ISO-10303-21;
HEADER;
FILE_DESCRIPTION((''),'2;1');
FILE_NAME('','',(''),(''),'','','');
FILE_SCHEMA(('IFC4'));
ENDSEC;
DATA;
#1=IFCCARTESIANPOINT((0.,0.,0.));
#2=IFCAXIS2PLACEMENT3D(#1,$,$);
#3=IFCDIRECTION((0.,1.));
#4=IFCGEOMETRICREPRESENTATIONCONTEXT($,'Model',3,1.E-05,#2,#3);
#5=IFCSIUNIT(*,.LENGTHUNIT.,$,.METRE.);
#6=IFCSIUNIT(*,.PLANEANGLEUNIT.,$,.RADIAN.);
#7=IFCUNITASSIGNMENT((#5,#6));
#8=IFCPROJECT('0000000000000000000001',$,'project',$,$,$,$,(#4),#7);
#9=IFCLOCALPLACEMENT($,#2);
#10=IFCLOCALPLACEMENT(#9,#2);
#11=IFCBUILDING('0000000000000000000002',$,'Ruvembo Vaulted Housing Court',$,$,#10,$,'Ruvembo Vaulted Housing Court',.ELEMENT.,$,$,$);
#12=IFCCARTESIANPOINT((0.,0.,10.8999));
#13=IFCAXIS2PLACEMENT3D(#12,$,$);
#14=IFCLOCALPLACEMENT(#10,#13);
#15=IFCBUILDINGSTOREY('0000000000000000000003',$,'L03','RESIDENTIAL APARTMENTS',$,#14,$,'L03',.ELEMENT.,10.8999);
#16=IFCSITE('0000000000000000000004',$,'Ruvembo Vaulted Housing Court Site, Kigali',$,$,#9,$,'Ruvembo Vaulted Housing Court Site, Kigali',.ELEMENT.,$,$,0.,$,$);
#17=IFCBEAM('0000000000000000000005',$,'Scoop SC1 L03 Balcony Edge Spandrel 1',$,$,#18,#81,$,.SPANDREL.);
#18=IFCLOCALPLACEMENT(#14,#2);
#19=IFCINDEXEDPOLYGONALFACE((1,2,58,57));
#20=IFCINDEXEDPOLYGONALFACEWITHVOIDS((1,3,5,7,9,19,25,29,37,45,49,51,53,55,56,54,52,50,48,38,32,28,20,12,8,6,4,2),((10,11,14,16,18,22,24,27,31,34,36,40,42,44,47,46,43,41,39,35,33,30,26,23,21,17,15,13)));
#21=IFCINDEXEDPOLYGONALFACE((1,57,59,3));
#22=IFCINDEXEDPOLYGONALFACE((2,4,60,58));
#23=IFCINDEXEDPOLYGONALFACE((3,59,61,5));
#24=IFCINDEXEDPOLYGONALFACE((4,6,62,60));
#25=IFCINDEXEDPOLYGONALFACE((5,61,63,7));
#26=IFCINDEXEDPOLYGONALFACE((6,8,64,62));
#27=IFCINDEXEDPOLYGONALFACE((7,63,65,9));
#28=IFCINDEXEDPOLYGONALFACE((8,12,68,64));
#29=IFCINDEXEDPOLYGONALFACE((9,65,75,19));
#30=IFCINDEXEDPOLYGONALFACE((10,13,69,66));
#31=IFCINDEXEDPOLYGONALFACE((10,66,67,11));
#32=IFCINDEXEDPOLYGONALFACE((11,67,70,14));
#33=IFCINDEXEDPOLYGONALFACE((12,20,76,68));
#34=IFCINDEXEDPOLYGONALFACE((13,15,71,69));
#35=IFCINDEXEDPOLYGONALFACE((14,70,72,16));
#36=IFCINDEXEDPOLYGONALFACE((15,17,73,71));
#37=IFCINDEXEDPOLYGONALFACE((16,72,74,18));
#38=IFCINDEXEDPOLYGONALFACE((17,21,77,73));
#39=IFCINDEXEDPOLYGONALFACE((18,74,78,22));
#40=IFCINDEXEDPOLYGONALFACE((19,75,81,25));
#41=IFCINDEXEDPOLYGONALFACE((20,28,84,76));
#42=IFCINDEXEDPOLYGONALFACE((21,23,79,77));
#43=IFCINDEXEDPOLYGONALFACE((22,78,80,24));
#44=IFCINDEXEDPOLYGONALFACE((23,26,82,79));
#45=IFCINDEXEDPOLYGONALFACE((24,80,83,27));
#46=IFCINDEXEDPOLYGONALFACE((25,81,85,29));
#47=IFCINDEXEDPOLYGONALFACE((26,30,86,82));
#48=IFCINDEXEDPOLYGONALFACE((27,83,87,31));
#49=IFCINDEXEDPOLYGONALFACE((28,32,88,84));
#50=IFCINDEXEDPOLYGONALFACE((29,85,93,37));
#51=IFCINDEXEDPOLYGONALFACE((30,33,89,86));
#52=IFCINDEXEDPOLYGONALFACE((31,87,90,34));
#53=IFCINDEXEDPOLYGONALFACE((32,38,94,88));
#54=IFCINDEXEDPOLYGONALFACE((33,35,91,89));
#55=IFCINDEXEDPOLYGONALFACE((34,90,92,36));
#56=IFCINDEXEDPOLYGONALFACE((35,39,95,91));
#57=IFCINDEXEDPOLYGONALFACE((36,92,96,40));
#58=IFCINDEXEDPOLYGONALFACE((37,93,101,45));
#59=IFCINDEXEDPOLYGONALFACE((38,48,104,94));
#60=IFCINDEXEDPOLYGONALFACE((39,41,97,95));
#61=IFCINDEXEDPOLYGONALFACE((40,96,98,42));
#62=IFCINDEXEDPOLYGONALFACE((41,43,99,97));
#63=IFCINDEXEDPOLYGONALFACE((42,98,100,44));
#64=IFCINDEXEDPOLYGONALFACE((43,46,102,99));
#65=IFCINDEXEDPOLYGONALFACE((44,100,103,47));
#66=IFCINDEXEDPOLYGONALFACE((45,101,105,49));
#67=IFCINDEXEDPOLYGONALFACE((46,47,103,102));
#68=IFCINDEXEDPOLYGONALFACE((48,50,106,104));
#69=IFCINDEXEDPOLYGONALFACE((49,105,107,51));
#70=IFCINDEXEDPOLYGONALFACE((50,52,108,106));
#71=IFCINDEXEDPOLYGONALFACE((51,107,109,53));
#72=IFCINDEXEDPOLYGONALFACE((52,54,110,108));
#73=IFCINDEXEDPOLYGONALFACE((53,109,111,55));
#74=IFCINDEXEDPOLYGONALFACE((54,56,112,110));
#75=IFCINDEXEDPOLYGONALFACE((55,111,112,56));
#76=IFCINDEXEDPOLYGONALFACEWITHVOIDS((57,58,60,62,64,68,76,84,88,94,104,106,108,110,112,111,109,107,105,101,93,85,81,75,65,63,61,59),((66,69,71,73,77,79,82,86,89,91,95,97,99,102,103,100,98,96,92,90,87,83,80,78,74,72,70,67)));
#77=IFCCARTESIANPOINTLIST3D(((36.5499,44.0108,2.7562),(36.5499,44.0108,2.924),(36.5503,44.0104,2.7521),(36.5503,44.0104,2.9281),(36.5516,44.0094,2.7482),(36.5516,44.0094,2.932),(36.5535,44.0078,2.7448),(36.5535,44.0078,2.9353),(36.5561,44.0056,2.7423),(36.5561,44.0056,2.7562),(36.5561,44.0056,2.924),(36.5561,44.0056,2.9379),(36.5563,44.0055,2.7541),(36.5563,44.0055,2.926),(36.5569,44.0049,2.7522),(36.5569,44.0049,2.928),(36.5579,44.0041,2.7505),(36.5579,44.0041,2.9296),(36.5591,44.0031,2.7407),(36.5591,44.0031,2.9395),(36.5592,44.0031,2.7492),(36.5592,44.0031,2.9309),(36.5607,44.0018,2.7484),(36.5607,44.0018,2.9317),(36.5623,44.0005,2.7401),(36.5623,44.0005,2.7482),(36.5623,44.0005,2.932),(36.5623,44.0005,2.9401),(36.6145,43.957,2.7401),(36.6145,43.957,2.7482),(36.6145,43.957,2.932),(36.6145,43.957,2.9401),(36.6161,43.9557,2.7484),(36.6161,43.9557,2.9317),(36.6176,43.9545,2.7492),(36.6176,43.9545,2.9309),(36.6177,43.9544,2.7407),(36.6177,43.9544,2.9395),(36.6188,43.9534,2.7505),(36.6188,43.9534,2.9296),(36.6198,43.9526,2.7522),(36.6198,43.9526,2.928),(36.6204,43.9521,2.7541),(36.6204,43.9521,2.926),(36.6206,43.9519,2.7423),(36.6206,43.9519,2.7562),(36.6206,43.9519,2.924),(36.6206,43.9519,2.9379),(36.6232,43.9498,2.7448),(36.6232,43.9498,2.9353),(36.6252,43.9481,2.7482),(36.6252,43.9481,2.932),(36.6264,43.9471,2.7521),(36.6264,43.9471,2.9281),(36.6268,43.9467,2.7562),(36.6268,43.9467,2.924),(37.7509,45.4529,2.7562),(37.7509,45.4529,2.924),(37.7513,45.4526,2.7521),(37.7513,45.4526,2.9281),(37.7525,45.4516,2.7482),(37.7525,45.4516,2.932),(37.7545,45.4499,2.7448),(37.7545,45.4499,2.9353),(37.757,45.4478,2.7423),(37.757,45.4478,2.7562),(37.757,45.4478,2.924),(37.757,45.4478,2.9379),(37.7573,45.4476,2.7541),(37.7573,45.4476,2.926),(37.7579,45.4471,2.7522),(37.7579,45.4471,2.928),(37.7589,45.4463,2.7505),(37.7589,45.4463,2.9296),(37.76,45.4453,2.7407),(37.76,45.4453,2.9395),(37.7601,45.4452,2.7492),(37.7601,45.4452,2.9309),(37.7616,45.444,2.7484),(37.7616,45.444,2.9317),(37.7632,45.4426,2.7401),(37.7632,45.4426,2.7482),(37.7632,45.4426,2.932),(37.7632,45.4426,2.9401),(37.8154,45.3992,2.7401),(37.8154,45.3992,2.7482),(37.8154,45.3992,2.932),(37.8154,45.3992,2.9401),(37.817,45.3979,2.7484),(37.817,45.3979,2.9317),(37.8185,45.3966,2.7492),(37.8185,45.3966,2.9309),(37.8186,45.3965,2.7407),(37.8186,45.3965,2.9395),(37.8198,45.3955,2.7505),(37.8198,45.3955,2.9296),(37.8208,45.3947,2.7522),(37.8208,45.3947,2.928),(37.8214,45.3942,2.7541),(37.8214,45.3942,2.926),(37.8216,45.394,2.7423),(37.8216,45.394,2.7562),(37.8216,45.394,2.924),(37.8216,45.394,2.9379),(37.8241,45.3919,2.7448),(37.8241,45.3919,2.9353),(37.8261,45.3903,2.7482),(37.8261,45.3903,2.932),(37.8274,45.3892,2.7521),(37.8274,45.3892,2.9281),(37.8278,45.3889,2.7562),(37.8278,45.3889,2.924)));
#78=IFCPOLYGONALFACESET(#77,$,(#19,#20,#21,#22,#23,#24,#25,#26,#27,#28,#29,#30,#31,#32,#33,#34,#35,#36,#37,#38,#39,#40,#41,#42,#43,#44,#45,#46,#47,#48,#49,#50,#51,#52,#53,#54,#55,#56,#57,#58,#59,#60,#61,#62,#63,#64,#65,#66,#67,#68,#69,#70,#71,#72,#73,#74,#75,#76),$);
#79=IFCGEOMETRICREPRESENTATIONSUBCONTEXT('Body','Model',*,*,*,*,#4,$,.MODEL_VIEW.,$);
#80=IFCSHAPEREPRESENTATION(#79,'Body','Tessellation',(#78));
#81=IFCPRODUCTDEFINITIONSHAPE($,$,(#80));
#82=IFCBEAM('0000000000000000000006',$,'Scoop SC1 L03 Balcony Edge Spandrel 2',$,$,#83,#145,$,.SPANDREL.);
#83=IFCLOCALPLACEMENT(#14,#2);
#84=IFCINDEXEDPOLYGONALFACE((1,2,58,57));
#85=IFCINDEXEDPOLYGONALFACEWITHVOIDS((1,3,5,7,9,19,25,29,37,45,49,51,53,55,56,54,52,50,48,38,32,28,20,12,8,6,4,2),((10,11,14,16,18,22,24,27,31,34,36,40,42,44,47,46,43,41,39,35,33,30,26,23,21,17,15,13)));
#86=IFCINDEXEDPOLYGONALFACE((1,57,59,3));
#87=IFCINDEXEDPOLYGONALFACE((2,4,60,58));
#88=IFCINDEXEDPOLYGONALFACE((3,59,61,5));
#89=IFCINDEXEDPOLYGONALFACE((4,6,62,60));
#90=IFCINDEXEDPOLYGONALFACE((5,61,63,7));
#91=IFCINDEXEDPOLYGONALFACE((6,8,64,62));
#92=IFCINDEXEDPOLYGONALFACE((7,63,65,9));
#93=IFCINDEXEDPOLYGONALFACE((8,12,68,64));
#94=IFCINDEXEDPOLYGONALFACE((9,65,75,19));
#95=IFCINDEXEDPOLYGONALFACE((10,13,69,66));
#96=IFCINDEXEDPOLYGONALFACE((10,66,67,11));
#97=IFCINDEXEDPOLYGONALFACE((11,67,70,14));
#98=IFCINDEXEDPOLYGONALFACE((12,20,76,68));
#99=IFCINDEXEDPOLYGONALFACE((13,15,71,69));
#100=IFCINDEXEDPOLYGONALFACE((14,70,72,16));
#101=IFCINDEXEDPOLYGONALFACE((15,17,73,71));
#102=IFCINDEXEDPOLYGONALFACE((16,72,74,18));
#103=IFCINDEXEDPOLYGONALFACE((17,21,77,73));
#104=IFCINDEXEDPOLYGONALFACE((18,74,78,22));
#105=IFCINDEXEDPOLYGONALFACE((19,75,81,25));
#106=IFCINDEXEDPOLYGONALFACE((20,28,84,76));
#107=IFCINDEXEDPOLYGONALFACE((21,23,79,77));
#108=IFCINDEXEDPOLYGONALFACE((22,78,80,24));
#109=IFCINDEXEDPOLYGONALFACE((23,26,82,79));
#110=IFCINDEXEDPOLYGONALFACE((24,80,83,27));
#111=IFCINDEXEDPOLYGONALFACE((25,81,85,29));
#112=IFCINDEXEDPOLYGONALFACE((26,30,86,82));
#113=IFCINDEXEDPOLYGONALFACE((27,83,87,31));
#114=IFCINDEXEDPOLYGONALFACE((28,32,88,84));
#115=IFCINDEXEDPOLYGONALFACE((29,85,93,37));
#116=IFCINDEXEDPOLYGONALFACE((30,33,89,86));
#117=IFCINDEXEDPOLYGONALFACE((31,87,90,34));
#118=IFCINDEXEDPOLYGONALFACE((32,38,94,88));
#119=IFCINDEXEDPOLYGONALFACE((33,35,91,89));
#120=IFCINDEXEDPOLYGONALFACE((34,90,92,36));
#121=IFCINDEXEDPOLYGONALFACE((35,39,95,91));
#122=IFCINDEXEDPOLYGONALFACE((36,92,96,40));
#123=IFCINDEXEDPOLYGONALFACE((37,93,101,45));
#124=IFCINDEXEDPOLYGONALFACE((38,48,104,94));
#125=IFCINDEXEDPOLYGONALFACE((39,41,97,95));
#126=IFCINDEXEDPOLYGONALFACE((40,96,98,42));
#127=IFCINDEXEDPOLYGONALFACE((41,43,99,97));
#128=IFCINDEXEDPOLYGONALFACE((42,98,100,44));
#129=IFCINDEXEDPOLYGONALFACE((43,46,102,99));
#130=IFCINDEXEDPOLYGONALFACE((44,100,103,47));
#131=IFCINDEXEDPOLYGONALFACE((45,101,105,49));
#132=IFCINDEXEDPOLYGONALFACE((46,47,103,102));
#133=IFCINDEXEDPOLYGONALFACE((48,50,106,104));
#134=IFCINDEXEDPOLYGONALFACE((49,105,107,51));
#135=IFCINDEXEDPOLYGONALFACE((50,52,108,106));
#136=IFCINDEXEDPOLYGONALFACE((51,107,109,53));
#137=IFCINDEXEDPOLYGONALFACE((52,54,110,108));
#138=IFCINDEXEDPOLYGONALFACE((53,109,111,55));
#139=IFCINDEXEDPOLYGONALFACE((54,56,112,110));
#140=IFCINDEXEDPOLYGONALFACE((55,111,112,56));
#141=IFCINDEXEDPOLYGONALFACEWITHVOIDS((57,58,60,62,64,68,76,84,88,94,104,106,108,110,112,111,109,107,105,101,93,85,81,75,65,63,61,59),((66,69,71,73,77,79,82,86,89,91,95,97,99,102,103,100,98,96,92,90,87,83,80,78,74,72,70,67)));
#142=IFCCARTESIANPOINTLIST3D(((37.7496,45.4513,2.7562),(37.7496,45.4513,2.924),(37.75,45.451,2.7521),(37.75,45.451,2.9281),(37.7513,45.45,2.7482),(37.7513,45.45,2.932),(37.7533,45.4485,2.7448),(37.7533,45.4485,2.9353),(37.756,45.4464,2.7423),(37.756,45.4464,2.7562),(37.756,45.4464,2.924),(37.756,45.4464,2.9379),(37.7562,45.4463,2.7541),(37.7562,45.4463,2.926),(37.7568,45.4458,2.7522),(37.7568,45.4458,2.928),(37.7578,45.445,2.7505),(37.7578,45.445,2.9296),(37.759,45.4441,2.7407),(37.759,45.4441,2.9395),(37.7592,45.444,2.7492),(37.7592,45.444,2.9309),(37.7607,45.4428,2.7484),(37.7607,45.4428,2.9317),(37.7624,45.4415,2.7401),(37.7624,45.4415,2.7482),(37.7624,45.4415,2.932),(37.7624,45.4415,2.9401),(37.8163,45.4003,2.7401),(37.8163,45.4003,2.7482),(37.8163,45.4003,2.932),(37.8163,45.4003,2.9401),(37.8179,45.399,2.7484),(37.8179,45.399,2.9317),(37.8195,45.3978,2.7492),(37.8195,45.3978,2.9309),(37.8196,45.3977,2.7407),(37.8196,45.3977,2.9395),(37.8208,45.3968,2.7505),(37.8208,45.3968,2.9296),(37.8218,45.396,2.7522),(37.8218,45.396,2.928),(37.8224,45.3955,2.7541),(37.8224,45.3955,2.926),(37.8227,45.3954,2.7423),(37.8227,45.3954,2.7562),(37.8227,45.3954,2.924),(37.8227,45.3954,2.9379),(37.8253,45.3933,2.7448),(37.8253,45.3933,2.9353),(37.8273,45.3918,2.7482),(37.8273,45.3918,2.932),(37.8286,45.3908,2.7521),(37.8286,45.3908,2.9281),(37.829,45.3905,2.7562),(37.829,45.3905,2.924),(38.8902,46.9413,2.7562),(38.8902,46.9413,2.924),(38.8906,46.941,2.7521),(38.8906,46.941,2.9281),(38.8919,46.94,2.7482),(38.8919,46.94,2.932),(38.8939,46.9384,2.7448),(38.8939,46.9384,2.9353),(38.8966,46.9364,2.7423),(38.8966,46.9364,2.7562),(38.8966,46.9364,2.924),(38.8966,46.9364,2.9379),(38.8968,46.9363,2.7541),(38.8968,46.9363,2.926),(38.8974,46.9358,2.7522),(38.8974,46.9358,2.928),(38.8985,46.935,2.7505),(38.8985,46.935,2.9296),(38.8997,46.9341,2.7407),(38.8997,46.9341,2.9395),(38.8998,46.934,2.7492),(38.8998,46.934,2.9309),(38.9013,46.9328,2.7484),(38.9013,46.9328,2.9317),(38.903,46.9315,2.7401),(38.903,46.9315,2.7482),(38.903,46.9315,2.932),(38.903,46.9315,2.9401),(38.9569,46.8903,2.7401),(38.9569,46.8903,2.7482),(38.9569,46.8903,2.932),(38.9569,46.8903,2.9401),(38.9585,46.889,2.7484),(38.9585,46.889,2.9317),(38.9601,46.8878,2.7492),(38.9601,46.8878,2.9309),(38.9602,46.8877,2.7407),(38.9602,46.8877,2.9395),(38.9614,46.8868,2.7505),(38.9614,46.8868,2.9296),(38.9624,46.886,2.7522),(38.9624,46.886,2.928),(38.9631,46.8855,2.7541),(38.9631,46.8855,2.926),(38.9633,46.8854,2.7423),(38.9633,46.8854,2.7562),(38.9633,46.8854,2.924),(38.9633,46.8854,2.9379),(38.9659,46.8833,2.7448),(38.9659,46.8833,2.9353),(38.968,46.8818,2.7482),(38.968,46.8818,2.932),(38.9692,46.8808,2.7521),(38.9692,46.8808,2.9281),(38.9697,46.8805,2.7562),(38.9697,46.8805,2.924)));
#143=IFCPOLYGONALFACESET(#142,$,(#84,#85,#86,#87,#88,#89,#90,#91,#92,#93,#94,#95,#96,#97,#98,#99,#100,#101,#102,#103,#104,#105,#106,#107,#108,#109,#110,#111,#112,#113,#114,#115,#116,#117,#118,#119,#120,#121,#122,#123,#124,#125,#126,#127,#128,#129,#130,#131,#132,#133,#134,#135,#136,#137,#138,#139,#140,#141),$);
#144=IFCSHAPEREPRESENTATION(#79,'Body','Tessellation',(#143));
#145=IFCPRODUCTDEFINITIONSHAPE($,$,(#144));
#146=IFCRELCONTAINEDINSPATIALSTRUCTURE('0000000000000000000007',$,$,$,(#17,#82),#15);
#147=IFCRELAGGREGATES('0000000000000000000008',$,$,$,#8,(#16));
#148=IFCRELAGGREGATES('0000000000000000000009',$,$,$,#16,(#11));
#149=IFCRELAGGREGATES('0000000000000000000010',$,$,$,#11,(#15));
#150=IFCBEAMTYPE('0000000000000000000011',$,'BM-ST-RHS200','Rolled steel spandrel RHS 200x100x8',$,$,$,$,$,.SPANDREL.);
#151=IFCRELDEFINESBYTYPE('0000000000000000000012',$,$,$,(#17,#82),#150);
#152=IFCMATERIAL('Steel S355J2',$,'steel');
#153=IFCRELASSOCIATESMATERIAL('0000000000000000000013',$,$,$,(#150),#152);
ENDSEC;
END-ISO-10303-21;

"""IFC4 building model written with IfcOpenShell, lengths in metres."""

from ifc_helpers import new_model, si_unit, direction, frame, origin, origin_2d, place, context, subcontext, project, spatial, hollow_rectangle, extrude, material, material_profile, profile_set, type_object, element, save


model = new_model("IFC4")

# Units and contexts
model_context = context("Model", 3, precision=1e-05, world=origin(), true_north=direction((0.0, 1.0)))
body_context = subcontext(model_context, "Body", "Model", "MODEL_VIEW")
ifc_project = project(units=[si_unit("LENGTHUNIT", "METRE"), si_unit("PLANEANGLEUNIT", "RADIAN")], contexts=[model_context])

# Site, building, storey
site_placement = place(None, origin())
site = spatial("IfcSite", under=ifc_project, at=site_placement, Name="Ruvembo Vaulted Housing Court Site, Kigali", LongName="Ruvembo Vaulted Housing Court Site, Kigali", CompositionType="ELEMENT", RefElevation=0.0)
building_placement = place(site_placement, origin())
building = spatial("IfcBuilding", under=site, at=building_placement, Name="Ruvembo Vaulted Housing Court", LongName="Ruvembo Vaulted Housing Court", CompositionType="ELEMENT")
storey_placement = place(building_placement, frame((0.0, 0.0, 10.8999)))
storey = spatial("IfcBuildingStorey", under=building, at=storey_placement, Name="L03", Description="RESIDENTIAL APARTMENTS", LongName="L03", CompositionType="ELEMENT", Elevation=10.8999)

# Beams
ifc_material_1 = material(Name="Steel S355J2", Category="steel")
ifc_material_profile_1 = material_profile(ifc_material_1, hollow_rectangle(XDim=0.1001, YDim=0.2, WallThickness=0.0081, InnerFilletRadius=0.0081, OuterFilletRadius=0.0161, at=origin_2d()), Name="RHS 200x100x8")
ifc_profile_set_1 = profile_set([ifc_material_profile_1], Name="Steel S355J2")
beam_type = type_object("IfcBeamType", Name="BM-ST-RHS200", Description="Rolled steel spandrel RHS 200x100x8", PredefinedType="SPANDREL", material=ifc_profile_set_1)
beam_1_placement = place(storey_placement, frame((36.5884, 43.9788, 2.8401), z_axis=(0.639916, 0.768445, 0.0), x_axis=(-0.768445, 0.639916, 0.0)))
element("IfcBeam", 1, at=beam_1_placement, inside=storey, type_object=beam_type, Name="Scoop SC1 L03 Balcony Edge Spandrel 1", PredefinedType="SPANDREL", context=body_context, shape_type="SweptSolid", body=[
    extrude(hollow_rectangle(XDim=0.1001, YDim=0.2, WallThickness=0.0081, InnerFilletRadius=0.0081, OuterFilletRadius=0.0161, at=origin_2d()), origin(), (0.0, 0.0, 1.0), 1.8767),
])
beam_2_placement = place(storey_placement, frame((37.7893, 45.4209, 2.8401), z_axis=(0.607861, 0.794044, 0.0), x_axis=(-0.794044, 0.607861, 0.0)))
element("IfcBeam", 2, at=beam_2_placement, inside=storey, type_object=beam_type, Name="Scoop SC1 L03 Balcony Edge Spandrel 2", PredefinedType="SPANDREL", context=body_context, shape_type="SweptSolid", body=[
    extrude(hollow_rectangle(XDim=0.1001, YDim=0.2, WallThickness=0.0081, InnerFilletRadius=0.0081, OuterFilletRadius=0.0161, at=origin_2d()), origin(), (0.0, 0.0, 1.0), 1.8765),
])

save(model, "model.ifc")
